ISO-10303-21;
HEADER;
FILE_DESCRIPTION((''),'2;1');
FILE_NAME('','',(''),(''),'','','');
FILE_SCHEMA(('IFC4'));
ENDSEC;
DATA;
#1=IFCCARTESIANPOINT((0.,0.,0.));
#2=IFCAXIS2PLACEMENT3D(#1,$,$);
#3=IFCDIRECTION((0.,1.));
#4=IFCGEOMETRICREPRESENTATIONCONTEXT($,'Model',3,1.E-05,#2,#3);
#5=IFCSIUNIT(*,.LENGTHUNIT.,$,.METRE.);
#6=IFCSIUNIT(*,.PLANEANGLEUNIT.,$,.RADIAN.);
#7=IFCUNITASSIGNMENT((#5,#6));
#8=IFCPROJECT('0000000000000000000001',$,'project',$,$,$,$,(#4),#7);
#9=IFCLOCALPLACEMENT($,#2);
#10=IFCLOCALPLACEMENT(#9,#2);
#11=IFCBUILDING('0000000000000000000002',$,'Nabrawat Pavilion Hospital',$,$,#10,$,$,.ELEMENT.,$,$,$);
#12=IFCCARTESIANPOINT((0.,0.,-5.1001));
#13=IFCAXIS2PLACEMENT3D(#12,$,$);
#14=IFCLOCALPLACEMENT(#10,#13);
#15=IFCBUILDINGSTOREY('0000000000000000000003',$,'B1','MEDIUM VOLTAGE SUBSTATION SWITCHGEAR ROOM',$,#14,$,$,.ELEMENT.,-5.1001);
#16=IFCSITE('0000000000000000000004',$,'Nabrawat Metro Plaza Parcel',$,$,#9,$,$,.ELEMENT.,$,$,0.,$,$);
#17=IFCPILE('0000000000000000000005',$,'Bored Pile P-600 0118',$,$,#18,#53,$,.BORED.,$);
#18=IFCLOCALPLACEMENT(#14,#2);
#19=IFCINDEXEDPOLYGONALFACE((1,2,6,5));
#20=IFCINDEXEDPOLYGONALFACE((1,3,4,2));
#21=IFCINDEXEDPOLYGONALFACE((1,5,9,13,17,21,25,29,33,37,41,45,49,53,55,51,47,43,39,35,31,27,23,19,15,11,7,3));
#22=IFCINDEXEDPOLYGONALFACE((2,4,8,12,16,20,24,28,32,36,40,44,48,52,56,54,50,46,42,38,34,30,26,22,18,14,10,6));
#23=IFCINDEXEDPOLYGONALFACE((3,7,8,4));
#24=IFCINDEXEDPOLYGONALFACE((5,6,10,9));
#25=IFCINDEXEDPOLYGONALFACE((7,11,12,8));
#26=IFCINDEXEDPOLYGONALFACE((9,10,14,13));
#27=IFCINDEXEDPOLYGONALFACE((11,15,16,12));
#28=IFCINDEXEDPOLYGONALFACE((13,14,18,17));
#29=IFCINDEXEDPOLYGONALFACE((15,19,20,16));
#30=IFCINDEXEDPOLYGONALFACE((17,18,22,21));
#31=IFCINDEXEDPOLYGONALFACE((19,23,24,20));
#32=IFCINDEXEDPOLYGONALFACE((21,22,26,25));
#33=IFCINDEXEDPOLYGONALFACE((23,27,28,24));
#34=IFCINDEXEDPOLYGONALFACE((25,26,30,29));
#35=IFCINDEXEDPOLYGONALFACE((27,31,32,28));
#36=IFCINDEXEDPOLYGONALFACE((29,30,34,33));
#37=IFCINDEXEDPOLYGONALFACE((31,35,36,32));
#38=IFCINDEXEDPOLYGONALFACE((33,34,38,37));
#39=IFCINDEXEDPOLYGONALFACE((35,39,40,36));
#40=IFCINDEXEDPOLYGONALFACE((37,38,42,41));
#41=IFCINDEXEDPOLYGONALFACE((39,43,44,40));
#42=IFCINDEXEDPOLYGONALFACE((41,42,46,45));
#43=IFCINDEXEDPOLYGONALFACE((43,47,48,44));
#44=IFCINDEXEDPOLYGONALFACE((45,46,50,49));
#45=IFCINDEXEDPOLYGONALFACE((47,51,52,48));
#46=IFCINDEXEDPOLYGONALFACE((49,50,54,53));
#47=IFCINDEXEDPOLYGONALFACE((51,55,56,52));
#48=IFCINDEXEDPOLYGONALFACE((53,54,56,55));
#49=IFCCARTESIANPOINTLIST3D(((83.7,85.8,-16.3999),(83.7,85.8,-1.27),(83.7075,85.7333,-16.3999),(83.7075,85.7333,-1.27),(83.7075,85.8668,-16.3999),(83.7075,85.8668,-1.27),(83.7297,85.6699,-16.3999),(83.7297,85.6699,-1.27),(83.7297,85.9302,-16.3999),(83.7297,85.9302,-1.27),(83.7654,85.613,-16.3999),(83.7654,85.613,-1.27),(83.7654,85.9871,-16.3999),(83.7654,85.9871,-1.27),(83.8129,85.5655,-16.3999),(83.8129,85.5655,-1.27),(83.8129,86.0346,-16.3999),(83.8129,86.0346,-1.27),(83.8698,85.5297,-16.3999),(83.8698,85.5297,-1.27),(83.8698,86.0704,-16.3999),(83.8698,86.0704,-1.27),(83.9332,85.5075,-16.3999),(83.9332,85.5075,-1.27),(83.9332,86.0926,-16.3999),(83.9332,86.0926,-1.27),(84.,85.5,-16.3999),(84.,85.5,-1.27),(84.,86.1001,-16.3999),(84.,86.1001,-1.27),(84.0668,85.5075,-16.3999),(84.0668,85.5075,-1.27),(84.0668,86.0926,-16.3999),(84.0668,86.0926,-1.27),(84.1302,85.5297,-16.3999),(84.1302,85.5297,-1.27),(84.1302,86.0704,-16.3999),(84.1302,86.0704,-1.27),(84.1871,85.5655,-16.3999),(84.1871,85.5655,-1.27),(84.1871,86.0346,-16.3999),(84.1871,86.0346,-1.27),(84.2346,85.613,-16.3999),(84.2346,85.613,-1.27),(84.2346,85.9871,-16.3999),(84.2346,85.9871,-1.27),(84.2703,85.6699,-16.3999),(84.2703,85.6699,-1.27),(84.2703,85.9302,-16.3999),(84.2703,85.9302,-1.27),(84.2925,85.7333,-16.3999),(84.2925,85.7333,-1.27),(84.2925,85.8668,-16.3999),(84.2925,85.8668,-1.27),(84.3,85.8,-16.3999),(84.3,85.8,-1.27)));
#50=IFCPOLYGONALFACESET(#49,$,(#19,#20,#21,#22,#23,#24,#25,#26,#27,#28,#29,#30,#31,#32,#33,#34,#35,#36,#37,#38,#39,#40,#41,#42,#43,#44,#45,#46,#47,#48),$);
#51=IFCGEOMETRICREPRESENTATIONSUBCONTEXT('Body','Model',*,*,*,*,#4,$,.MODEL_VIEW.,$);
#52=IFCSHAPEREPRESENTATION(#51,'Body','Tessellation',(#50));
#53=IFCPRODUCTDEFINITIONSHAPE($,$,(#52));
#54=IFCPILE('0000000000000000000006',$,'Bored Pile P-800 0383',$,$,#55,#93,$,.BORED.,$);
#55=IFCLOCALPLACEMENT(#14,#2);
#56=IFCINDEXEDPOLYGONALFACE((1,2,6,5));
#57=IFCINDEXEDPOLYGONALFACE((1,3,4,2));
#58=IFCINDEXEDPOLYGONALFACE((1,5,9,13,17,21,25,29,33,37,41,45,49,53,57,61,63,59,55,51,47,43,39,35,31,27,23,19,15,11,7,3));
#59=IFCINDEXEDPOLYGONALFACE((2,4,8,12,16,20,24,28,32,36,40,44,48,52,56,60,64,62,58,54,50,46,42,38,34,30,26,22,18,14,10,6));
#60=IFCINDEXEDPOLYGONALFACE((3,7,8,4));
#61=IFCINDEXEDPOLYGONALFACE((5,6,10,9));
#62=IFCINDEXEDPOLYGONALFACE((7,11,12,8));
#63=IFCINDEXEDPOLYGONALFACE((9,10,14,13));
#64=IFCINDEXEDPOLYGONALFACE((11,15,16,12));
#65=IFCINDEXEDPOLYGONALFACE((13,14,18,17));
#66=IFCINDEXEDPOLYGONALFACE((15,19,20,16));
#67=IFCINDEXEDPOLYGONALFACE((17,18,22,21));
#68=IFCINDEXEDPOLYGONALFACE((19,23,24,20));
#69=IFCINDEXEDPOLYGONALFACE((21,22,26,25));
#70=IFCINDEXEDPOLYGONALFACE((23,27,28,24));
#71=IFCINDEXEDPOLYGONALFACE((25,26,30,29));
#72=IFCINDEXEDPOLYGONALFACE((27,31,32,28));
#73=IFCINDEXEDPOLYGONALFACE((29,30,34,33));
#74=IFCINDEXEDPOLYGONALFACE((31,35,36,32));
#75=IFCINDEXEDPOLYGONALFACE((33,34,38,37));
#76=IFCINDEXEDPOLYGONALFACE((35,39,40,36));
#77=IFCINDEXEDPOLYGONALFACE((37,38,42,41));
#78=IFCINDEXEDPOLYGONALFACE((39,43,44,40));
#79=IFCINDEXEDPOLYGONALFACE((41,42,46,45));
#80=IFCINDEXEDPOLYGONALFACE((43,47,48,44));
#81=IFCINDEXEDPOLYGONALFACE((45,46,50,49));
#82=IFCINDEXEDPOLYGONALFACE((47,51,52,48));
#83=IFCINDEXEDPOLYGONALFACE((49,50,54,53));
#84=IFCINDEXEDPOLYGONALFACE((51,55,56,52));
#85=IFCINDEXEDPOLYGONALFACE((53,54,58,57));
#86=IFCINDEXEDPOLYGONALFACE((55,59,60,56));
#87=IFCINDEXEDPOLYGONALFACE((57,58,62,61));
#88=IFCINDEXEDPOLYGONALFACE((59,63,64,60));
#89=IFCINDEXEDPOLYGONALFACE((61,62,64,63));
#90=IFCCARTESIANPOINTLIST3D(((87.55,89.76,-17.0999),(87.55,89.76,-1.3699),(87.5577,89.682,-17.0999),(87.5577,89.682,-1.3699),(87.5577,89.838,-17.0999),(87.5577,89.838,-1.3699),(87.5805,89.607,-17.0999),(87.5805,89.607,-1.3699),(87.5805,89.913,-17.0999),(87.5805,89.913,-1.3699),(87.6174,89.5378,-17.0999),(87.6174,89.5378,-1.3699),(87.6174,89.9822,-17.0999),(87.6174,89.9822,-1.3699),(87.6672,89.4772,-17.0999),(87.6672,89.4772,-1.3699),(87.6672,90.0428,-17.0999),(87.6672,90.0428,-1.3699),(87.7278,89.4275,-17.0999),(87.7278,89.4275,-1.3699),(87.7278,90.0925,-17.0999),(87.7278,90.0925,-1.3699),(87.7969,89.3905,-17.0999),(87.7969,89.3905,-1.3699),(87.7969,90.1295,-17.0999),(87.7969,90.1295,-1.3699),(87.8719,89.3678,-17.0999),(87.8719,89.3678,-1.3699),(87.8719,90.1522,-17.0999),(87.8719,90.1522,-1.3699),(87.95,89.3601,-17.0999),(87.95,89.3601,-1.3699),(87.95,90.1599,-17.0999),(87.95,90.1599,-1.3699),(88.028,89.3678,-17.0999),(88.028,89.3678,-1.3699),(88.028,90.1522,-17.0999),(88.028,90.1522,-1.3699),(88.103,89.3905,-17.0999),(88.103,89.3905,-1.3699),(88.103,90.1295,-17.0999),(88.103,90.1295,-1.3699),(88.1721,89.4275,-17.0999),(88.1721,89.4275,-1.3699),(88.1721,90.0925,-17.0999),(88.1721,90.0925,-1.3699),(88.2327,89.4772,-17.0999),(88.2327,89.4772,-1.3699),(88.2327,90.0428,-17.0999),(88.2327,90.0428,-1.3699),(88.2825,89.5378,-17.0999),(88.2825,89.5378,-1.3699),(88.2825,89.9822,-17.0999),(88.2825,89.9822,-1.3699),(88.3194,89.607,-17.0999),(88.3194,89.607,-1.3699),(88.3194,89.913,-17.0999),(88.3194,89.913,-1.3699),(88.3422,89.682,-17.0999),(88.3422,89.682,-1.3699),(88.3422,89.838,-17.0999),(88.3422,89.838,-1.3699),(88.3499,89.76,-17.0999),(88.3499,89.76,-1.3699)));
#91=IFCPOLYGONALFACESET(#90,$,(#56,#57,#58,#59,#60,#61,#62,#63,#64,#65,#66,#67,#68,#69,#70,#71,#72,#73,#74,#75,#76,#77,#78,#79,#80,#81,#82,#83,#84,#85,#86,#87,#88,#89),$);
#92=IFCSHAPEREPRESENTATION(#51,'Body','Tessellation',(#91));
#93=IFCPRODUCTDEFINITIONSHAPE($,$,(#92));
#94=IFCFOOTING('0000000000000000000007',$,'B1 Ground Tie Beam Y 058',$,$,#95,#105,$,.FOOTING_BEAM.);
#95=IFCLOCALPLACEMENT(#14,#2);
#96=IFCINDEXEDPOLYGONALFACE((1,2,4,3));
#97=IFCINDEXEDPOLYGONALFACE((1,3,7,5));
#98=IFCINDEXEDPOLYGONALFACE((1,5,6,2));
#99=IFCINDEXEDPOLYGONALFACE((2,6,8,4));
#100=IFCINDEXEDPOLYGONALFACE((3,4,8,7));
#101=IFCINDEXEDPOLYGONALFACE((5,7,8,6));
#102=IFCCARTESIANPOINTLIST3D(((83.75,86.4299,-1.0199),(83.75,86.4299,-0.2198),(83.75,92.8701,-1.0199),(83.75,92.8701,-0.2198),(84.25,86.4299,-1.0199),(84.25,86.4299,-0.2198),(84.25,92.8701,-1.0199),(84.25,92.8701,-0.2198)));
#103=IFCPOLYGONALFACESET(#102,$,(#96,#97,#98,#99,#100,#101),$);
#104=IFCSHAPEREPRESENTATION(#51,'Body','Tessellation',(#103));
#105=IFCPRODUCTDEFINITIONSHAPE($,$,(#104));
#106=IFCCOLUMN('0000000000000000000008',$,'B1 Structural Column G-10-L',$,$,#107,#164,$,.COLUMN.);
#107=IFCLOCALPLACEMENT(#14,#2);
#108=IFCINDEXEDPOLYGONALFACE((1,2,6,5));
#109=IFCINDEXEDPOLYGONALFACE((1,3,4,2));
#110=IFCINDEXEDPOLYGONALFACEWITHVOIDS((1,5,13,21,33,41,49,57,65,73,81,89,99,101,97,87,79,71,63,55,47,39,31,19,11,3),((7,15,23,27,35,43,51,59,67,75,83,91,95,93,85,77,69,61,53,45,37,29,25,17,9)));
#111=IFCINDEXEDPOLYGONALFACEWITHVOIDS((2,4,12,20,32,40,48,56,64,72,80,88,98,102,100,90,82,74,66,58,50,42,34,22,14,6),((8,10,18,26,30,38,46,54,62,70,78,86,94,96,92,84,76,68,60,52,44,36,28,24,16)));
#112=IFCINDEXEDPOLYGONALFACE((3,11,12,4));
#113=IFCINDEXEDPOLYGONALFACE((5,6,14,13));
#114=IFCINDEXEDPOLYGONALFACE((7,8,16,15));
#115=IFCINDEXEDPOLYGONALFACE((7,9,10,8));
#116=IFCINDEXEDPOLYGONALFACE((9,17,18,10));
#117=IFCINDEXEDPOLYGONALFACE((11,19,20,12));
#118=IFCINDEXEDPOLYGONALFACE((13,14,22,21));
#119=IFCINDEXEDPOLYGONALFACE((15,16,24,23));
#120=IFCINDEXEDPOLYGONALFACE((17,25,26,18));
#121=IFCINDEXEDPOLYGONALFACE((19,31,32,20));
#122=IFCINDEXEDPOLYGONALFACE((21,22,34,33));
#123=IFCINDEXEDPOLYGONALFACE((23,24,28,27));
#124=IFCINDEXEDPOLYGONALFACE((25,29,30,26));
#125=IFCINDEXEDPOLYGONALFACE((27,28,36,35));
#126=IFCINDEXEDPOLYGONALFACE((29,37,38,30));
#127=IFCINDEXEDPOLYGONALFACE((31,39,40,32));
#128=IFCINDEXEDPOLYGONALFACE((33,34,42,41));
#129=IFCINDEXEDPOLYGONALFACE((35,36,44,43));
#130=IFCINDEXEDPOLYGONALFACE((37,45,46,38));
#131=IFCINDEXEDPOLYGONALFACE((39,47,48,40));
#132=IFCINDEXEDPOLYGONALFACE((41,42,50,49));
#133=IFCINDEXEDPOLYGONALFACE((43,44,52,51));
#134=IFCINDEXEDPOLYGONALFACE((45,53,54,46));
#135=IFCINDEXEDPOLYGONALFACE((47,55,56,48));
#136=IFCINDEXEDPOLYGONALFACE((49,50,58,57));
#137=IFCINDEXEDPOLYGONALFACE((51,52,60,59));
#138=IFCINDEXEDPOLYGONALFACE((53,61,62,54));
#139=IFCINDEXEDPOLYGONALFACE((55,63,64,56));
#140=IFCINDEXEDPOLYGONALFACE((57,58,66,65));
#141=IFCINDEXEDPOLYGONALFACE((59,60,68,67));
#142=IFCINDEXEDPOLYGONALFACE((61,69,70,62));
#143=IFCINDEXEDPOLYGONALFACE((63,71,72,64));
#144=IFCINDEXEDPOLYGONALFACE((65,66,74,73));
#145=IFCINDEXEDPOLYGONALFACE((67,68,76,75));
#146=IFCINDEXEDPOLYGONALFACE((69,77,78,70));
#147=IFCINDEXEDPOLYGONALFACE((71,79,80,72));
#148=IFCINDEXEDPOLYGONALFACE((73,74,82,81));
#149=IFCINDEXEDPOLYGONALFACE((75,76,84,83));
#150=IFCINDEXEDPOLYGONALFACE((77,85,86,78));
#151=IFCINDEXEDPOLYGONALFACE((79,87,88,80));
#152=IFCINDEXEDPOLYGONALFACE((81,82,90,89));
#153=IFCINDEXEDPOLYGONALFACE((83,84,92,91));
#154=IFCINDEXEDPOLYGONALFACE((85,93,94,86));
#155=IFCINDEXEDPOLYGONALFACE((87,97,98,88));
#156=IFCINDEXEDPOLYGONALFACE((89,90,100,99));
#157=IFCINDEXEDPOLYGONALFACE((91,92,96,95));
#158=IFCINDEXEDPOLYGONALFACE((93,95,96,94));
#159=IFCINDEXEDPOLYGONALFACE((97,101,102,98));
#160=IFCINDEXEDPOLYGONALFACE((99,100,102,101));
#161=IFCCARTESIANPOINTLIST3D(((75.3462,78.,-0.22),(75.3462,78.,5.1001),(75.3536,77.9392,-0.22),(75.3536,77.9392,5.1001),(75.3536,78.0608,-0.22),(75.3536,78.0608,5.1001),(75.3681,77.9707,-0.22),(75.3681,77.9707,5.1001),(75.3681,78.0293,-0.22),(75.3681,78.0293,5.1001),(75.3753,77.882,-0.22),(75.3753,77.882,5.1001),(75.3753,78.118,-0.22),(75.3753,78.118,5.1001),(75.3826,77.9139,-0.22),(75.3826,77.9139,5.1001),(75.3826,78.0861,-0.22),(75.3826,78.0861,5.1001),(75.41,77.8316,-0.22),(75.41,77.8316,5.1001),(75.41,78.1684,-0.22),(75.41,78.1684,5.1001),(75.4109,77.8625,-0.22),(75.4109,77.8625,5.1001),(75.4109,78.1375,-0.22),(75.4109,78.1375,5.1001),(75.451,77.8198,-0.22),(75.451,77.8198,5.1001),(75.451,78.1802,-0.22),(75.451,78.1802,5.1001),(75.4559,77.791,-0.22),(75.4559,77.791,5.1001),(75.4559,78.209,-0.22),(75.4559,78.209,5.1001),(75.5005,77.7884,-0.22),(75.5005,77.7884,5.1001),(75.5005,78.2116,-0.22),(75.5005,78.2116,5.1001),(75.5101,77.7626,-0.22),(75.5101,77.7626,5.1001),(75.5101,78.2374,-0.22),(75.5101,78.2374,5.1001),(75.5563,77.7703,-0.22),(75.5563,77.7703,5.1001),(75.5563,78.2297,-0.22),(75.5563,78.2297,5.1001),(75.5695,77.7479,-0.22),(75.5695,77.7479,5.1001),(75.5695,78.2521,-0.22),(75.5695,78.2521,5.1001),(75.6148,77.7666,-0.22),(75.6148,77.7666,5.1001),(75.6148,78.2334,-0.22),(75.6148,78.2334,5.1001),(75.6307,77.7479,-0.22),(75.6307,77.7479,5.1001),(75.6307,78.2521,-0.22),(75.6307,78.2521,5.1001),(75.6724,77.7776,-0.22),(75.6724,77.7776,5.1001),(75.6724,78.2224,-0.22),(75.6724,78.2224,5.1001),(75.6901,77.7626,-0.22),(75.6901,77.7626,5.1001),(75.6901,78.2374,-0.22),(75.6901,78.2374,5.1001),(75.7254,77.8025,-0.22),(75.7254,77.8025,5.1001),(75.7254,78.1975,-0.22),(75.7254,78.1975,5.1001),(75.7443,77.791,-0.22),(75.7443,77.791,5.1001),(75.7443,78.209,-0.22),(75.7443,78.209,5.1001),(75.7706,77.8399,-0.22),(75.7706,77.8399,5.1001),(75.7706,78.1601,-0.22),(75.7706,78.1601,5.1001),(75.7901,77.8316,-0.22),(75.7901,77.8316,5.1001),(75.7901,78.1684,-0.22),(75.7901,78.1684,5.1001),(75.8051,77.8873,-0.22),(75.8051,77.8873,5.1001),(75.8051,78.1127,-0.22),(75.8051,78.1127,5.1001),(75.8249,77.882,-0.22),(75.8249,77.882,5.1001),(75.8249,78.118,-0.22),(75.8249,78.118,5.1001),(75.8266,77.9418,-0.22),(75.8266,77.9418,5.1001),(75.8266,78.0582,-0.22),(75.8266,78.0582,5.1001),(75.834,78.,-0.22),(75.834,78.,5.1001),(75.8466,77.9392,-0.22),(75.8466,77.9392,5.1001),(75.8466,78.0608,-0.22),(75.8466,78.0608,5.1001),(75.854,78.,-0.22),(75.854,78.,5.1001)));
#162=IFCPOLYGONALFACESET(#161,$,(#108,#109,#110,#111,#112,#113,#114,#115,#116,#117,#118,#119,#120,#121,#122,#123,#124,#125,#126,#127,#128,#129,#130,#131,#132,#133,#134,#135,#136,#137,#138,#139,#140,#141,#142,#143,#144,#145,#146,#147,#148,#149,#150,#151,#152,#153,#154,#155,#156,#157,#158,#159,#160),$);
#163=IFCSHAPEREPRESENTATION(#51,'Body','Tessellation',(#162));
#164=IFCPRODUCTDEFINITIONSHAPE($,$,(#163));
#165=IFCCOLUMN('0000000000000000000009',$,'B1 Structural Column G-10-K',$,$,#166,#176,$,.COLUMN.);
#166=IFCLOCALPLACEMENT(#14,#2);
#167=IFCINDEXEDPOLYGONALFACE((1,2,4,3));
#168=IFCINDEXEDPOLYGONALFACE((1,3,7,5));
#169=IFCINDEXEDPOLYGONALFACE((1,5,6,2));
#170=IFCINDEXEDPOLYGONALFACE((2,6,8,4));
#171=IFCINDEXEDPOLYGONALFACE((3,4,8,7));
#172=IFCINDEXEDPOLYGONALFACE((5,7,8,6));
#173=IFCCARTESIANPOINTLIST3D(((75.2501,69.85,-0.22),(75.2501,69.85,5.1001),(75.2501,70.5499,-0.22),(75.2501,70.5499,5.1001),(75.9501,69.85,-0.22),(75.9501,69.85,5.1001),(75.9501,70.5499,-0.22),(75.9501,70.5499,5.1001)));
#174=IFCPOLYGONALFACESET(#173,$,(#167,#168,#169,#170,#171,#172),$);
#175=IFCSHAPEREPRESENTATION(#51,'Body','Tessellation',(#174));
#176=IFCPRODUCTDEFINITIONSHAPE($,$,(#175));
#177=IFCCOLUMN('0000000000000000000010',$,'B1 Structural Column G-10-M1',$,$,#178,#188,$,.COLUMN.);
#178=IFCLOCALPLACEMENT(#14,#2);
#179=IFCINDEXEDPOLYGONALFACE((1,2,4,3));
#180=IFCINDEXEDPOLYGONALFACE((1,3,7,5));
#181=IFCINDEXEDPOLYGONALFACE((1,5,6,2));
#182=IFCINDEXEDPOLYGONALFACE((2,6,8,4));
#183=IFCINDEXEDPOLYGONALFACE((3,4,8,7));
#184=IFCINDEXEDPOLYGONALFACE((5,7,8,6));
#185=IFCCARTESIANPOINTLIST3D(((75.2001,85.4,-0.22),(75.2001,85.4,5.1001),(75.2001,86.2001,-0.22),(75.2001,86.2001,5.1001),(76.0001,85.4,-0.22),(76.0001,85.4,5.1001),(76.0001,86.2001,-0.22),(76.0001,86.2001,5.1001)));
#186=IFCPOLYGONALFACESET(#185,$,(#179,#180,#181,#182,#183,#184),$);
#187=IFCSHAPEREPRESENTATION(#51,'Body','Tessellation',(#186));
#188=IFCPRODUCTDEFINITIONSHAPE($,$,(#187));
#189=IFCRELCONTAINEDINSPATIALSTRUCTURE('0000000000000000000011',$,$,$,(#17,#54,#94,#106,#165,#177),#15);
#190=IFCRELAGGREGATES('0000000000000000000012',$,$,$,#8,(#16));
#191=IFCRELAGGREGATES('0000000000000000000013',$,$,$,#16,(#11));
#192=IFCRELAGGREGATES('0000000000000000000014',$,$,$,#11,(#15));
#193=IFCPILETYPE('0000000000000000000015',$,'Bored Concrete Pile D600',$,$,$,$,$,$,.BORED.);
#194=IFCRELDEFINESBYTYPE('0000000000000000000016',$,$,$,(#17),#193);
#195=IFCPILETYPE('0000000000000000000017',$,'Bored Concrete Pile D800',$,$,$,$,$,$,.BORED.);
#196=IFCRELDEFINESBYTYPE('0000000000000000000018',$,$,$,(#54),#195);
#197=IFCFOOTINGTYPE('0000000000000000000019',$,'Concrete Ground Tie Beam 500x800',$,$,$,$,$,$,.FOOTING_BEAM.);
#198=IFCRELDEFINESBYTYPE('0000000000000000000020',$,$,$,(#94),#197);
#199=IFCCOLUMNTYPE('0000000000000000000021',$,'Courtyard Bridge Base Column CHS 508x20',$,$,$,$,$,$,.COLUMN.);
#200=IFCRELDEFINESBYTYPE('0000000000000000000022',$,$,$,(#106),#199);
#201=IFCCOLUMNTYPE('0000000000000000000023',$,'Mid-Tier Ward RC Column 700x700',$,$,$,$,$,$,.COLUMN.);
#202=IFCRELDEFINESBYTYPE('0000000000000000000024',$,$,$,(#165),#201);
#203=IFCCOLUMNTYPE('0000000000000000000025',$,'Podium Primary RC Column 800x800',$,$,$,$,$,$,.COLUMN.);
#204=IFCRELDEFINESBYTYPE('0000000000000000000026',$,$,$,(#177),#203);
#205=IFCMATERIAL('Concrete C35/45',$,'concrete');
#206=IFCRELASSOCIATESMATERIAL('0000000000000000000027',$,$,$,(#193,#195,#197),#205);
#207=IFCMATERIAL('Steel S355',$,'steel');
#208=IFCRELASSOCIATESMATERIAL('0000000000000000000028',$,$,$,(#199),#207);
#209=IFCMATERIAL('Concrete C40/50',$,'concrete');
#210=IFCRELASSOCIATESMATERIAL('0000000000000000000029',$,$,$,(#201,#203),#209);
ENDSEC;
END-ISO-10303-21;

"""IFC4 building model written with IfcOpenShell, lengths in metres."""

from ifc_helpers import new_model, si_unit, direction, frame, origin, origin_2d, place, context, subcontext, project, spatial, rectangle, circle, hollow_circle, extrude, material, material_profile, profile_set, type_object, element, save


model = new_model("IFC4")

# Units and contexts
model_context = context("Model", 3, precision=1e-05, world=origin(), true_north=direction((0.0, 1.0)))
body_context = subcontext(model_context, "Body", "Model", "MODEL_VIEW")
ifc_project = project(units=[si_unit("LENGTHUNIT", "METRE"), si_unit("PLANEANGLEUNIT", "RADIAN")], contexts=[model_context])

# Site, building, storey
site_placement = place(None, origin())
site = spatial("IfcSite", under=ifc_project, at=site_placement, Name="Nabrawat Metro Plaza Parcel", CompositionType="ELEMENT", RefElevation=0.0)
building_placement = place(site_placement, origin())
building = spatial("IfcBuilding", under=site, at=building_placement, Name="Nabrawat Pavilion Hospital", CompositionType="ELEMENT")
storey_placement = place(building_placement, frame((0.0, 0.0, -5.1001)))
storey = spatial("IfcBuildingStorey", under=building, at=storey_placement, Name="B1", Description="MEDIUM VOLTAGE SUBSTATION SWITCHGEAR ROOM", CompositionType="ELEMENT", Elevation=-5.1001)

# Piles
ifc_material_1 = material(Name="Concrete C35/45", Category="concrete")
ifc_material_profile_1 = material_profile(ifc_material_1, circle(Radius=0.3, at=origin_2d()), Name="DIA 600")
ifc_profile_set_1 = profile_set([ifc_material_profile_1], Name="Concrete C35/45")
pile_type_1 = type_object("IfcPileType", Name="Bored Concrete Pile D600", PredefinedType="BORED", material=ifc_profile_set_1)
pile_1_placement = place(storey_placement, frame((84.0, 85.8, -1.27), z_axis=(0.0, 0.0, -1.0), x_axis=(1.0, 0.0, 0.0)))
element("IfcPile", 1, at=pile_1_placement, inside=storey, type_object=pile_type_1, Name="Bored Pile P-600 0118", PredefinedType="BORED", context=body_context, shape_type="SweptSolid", body=[
    extrude(circle(Radius=0.3, at=origin_2d()), origin(), (0.0, 0.0, 1.0), 15.1299),
])
ifc_material_profile_2 = material_profile(ifc_material_1, circle(Radius=0.3999, at=origin_2d()), Name="DIA 800")
ifc_profile_set_2 = profile_set([ifc_material_profile_2], Name="Concrete C35/45")
pile_type_2 = type_object("IfcPileType", Name="Bored Concrete Pile D800", PredefinedType="BORED", material=ifc_profile_set_2)
pile_2_placement = place(storey_placement, frame((87.95, 89.76, -1.3699), z_axis=(0.0, 0.0, -1.0), x_axis=(1.0, 0.0, 0.0)))
element("IfcPile", 2, at=pile_2_placement, inside=storey, type_object=pile_type_2, Name="Bored Pile P-800 0383", PredefinedType="BORED", context=body_context, shape_type="SweptSolid", body=[
    extrude(circle(Radius=0.3999, at=origin_2d()), origin(), (0.0, 0.0, 1.0), 15.73),
])

# Footing
ifc_material_profile_3 = material_profile(ifc_material_1, rectangle(XDim=0.5, YDim=0.8, at=origin_2d()), Name="RC 500x800")
ifc_profile_set_3 = profile_set([ifc_material_profile_3], Name="Concrete C35/45")
footing_type = type_object("IfcFootingType", Name="Concrete Ground Tie Beam 500x800", PredefinedType="FOOTING_BEAM", material=ifc_profile_set_3)
footing_placement = place(storey_placement, frame((84.0, 86.4299, -0.6199), z_axis=(0.0, 1.0, 0.0), x_axis=(-1.0, 0.0, 0.0)))
element("IfcFooting", 3, at=footing_placement, inside=storey, type_object=footing_type, Name="B1 Ground Tie Beam Y 058", PredefinedType="FOOTING_BEAM", context=body_context, shape_type="SweptSolid", body=[
    extrude(rectangle(XDim=0.5, YDim=0.8, at=origin_2d()), origin(), (0.0, 0.0, 1.0), 6.4402),
])

# Columns
ifc_material_2 = material(Name="Steel S355", Category="steel")
ifc_material_profile_4 = material_profile(ifc_material_2, hollow_circle(Radius=0.2539, WallThickness=0.02, at=origin_2d()), Name="CHS 508x20")
ifc_profile_set_4 = profile_set([ifc_material_profile_4], Name="Steel S355")
column_type_1 = type_object("IfcColumnType", Name="Courtyard Bridge Base Column CHS 508x20", PredefinedType="COLUMN", material=ifc_profile_set_4)
column_1_placement = place(storey_placement, frame((75.6001, 78.0, -0.22), z_axis=(0.0, 0.0, 1.0), x_axis=(1.0, 0.0, 0.0)))
element("IfcColumn", 4, at=column_1_placement, inside=storey, type_object=column_type_1, Name="B1 Structural Column G-10-L", PredefinedType="COLUMN", context=body_context, shape_type="SweptSolid", body=[
    extrude(hollow_circle(Radius=0.2539, WallThickness=0.02, at=origin_2d()), origin(), (0.0, 0.0, 1.0), 5.3201),
])
ifc_material_3 = material(Name="Concrete C40/50", Category="concrete")
ifc_material_profile_5 = material_profile(ifc_material_3, rectangle(XDim=0.7, YDim=0.7, at=origin_2d()), Name="RC 700x700")
ifc_profile_set_5 = profile_set([ifc_material_profile_5], Name="Concrete C40/50")
column_type_2 = type_object("IfcColumnType", Name="Mid-Tier Ward RC Column 700x700", PredefinedType="COLUMN", material=ifc_profile_set_5)
column_2_placement = place(storey_placement, frame((75.6001, 70.2, -0.22), z_axis=(0.0, 0.0, 1.0), x_axis=(1.0, 0.0, 0.0)))
element("IfcColumn", 5, at=column_2_placement, inside=storey, type_object=column_type_2, Name="B1 Structural Column G-10-K", PredefinedType="COLUMN", context=body_context, shape_type="SweptSolid", body=[
    extrude(rectangle(XDim=0.7, YDim=0.7, at=origin_2d()), origin(), (0.0, 0.0, 1.0), 5.3201),
])
ifc_material_profile_6 = material_profile(ifc_material_3, rectangle(XDim=0.8, YDim=0.8, at=origin_2d()), Name="RC 800x800")
ifc_profile_set_6 = profile_set([ifc_material_profile_6], Name="Concrete C40/50")
column_type_3 = type_object("IfcColumnType", Name="Podium Primary RC Column 800x800", PredefinedType="COLUMN", material=ifc_profile_set_6)
for number, where, z_axis, x_axis, name in (
    (6, (75.6001, 85.8, -0.22), (0.0, 0.0, 1.0), (1.0, 0.0, 0.0), "B1 Structural Column G-10-M1"),
):
    element("IfcColumn", number, at=place(storey_placement, frame(where, z_axis=z_axis, x_axis=x_axis)), inside=storey, type_object=column_type_3, Name=name, PredefinedType="COLUMN", context=body_context, shape_type="SweptSolid", body=[
        extrude(rectangle(XDim=0.8, YDim=0.8, at=origin_2d()), origin(), (0.0, 0.0, 1.0), 5.3201),
    ])

save(model, "model.ifc")
